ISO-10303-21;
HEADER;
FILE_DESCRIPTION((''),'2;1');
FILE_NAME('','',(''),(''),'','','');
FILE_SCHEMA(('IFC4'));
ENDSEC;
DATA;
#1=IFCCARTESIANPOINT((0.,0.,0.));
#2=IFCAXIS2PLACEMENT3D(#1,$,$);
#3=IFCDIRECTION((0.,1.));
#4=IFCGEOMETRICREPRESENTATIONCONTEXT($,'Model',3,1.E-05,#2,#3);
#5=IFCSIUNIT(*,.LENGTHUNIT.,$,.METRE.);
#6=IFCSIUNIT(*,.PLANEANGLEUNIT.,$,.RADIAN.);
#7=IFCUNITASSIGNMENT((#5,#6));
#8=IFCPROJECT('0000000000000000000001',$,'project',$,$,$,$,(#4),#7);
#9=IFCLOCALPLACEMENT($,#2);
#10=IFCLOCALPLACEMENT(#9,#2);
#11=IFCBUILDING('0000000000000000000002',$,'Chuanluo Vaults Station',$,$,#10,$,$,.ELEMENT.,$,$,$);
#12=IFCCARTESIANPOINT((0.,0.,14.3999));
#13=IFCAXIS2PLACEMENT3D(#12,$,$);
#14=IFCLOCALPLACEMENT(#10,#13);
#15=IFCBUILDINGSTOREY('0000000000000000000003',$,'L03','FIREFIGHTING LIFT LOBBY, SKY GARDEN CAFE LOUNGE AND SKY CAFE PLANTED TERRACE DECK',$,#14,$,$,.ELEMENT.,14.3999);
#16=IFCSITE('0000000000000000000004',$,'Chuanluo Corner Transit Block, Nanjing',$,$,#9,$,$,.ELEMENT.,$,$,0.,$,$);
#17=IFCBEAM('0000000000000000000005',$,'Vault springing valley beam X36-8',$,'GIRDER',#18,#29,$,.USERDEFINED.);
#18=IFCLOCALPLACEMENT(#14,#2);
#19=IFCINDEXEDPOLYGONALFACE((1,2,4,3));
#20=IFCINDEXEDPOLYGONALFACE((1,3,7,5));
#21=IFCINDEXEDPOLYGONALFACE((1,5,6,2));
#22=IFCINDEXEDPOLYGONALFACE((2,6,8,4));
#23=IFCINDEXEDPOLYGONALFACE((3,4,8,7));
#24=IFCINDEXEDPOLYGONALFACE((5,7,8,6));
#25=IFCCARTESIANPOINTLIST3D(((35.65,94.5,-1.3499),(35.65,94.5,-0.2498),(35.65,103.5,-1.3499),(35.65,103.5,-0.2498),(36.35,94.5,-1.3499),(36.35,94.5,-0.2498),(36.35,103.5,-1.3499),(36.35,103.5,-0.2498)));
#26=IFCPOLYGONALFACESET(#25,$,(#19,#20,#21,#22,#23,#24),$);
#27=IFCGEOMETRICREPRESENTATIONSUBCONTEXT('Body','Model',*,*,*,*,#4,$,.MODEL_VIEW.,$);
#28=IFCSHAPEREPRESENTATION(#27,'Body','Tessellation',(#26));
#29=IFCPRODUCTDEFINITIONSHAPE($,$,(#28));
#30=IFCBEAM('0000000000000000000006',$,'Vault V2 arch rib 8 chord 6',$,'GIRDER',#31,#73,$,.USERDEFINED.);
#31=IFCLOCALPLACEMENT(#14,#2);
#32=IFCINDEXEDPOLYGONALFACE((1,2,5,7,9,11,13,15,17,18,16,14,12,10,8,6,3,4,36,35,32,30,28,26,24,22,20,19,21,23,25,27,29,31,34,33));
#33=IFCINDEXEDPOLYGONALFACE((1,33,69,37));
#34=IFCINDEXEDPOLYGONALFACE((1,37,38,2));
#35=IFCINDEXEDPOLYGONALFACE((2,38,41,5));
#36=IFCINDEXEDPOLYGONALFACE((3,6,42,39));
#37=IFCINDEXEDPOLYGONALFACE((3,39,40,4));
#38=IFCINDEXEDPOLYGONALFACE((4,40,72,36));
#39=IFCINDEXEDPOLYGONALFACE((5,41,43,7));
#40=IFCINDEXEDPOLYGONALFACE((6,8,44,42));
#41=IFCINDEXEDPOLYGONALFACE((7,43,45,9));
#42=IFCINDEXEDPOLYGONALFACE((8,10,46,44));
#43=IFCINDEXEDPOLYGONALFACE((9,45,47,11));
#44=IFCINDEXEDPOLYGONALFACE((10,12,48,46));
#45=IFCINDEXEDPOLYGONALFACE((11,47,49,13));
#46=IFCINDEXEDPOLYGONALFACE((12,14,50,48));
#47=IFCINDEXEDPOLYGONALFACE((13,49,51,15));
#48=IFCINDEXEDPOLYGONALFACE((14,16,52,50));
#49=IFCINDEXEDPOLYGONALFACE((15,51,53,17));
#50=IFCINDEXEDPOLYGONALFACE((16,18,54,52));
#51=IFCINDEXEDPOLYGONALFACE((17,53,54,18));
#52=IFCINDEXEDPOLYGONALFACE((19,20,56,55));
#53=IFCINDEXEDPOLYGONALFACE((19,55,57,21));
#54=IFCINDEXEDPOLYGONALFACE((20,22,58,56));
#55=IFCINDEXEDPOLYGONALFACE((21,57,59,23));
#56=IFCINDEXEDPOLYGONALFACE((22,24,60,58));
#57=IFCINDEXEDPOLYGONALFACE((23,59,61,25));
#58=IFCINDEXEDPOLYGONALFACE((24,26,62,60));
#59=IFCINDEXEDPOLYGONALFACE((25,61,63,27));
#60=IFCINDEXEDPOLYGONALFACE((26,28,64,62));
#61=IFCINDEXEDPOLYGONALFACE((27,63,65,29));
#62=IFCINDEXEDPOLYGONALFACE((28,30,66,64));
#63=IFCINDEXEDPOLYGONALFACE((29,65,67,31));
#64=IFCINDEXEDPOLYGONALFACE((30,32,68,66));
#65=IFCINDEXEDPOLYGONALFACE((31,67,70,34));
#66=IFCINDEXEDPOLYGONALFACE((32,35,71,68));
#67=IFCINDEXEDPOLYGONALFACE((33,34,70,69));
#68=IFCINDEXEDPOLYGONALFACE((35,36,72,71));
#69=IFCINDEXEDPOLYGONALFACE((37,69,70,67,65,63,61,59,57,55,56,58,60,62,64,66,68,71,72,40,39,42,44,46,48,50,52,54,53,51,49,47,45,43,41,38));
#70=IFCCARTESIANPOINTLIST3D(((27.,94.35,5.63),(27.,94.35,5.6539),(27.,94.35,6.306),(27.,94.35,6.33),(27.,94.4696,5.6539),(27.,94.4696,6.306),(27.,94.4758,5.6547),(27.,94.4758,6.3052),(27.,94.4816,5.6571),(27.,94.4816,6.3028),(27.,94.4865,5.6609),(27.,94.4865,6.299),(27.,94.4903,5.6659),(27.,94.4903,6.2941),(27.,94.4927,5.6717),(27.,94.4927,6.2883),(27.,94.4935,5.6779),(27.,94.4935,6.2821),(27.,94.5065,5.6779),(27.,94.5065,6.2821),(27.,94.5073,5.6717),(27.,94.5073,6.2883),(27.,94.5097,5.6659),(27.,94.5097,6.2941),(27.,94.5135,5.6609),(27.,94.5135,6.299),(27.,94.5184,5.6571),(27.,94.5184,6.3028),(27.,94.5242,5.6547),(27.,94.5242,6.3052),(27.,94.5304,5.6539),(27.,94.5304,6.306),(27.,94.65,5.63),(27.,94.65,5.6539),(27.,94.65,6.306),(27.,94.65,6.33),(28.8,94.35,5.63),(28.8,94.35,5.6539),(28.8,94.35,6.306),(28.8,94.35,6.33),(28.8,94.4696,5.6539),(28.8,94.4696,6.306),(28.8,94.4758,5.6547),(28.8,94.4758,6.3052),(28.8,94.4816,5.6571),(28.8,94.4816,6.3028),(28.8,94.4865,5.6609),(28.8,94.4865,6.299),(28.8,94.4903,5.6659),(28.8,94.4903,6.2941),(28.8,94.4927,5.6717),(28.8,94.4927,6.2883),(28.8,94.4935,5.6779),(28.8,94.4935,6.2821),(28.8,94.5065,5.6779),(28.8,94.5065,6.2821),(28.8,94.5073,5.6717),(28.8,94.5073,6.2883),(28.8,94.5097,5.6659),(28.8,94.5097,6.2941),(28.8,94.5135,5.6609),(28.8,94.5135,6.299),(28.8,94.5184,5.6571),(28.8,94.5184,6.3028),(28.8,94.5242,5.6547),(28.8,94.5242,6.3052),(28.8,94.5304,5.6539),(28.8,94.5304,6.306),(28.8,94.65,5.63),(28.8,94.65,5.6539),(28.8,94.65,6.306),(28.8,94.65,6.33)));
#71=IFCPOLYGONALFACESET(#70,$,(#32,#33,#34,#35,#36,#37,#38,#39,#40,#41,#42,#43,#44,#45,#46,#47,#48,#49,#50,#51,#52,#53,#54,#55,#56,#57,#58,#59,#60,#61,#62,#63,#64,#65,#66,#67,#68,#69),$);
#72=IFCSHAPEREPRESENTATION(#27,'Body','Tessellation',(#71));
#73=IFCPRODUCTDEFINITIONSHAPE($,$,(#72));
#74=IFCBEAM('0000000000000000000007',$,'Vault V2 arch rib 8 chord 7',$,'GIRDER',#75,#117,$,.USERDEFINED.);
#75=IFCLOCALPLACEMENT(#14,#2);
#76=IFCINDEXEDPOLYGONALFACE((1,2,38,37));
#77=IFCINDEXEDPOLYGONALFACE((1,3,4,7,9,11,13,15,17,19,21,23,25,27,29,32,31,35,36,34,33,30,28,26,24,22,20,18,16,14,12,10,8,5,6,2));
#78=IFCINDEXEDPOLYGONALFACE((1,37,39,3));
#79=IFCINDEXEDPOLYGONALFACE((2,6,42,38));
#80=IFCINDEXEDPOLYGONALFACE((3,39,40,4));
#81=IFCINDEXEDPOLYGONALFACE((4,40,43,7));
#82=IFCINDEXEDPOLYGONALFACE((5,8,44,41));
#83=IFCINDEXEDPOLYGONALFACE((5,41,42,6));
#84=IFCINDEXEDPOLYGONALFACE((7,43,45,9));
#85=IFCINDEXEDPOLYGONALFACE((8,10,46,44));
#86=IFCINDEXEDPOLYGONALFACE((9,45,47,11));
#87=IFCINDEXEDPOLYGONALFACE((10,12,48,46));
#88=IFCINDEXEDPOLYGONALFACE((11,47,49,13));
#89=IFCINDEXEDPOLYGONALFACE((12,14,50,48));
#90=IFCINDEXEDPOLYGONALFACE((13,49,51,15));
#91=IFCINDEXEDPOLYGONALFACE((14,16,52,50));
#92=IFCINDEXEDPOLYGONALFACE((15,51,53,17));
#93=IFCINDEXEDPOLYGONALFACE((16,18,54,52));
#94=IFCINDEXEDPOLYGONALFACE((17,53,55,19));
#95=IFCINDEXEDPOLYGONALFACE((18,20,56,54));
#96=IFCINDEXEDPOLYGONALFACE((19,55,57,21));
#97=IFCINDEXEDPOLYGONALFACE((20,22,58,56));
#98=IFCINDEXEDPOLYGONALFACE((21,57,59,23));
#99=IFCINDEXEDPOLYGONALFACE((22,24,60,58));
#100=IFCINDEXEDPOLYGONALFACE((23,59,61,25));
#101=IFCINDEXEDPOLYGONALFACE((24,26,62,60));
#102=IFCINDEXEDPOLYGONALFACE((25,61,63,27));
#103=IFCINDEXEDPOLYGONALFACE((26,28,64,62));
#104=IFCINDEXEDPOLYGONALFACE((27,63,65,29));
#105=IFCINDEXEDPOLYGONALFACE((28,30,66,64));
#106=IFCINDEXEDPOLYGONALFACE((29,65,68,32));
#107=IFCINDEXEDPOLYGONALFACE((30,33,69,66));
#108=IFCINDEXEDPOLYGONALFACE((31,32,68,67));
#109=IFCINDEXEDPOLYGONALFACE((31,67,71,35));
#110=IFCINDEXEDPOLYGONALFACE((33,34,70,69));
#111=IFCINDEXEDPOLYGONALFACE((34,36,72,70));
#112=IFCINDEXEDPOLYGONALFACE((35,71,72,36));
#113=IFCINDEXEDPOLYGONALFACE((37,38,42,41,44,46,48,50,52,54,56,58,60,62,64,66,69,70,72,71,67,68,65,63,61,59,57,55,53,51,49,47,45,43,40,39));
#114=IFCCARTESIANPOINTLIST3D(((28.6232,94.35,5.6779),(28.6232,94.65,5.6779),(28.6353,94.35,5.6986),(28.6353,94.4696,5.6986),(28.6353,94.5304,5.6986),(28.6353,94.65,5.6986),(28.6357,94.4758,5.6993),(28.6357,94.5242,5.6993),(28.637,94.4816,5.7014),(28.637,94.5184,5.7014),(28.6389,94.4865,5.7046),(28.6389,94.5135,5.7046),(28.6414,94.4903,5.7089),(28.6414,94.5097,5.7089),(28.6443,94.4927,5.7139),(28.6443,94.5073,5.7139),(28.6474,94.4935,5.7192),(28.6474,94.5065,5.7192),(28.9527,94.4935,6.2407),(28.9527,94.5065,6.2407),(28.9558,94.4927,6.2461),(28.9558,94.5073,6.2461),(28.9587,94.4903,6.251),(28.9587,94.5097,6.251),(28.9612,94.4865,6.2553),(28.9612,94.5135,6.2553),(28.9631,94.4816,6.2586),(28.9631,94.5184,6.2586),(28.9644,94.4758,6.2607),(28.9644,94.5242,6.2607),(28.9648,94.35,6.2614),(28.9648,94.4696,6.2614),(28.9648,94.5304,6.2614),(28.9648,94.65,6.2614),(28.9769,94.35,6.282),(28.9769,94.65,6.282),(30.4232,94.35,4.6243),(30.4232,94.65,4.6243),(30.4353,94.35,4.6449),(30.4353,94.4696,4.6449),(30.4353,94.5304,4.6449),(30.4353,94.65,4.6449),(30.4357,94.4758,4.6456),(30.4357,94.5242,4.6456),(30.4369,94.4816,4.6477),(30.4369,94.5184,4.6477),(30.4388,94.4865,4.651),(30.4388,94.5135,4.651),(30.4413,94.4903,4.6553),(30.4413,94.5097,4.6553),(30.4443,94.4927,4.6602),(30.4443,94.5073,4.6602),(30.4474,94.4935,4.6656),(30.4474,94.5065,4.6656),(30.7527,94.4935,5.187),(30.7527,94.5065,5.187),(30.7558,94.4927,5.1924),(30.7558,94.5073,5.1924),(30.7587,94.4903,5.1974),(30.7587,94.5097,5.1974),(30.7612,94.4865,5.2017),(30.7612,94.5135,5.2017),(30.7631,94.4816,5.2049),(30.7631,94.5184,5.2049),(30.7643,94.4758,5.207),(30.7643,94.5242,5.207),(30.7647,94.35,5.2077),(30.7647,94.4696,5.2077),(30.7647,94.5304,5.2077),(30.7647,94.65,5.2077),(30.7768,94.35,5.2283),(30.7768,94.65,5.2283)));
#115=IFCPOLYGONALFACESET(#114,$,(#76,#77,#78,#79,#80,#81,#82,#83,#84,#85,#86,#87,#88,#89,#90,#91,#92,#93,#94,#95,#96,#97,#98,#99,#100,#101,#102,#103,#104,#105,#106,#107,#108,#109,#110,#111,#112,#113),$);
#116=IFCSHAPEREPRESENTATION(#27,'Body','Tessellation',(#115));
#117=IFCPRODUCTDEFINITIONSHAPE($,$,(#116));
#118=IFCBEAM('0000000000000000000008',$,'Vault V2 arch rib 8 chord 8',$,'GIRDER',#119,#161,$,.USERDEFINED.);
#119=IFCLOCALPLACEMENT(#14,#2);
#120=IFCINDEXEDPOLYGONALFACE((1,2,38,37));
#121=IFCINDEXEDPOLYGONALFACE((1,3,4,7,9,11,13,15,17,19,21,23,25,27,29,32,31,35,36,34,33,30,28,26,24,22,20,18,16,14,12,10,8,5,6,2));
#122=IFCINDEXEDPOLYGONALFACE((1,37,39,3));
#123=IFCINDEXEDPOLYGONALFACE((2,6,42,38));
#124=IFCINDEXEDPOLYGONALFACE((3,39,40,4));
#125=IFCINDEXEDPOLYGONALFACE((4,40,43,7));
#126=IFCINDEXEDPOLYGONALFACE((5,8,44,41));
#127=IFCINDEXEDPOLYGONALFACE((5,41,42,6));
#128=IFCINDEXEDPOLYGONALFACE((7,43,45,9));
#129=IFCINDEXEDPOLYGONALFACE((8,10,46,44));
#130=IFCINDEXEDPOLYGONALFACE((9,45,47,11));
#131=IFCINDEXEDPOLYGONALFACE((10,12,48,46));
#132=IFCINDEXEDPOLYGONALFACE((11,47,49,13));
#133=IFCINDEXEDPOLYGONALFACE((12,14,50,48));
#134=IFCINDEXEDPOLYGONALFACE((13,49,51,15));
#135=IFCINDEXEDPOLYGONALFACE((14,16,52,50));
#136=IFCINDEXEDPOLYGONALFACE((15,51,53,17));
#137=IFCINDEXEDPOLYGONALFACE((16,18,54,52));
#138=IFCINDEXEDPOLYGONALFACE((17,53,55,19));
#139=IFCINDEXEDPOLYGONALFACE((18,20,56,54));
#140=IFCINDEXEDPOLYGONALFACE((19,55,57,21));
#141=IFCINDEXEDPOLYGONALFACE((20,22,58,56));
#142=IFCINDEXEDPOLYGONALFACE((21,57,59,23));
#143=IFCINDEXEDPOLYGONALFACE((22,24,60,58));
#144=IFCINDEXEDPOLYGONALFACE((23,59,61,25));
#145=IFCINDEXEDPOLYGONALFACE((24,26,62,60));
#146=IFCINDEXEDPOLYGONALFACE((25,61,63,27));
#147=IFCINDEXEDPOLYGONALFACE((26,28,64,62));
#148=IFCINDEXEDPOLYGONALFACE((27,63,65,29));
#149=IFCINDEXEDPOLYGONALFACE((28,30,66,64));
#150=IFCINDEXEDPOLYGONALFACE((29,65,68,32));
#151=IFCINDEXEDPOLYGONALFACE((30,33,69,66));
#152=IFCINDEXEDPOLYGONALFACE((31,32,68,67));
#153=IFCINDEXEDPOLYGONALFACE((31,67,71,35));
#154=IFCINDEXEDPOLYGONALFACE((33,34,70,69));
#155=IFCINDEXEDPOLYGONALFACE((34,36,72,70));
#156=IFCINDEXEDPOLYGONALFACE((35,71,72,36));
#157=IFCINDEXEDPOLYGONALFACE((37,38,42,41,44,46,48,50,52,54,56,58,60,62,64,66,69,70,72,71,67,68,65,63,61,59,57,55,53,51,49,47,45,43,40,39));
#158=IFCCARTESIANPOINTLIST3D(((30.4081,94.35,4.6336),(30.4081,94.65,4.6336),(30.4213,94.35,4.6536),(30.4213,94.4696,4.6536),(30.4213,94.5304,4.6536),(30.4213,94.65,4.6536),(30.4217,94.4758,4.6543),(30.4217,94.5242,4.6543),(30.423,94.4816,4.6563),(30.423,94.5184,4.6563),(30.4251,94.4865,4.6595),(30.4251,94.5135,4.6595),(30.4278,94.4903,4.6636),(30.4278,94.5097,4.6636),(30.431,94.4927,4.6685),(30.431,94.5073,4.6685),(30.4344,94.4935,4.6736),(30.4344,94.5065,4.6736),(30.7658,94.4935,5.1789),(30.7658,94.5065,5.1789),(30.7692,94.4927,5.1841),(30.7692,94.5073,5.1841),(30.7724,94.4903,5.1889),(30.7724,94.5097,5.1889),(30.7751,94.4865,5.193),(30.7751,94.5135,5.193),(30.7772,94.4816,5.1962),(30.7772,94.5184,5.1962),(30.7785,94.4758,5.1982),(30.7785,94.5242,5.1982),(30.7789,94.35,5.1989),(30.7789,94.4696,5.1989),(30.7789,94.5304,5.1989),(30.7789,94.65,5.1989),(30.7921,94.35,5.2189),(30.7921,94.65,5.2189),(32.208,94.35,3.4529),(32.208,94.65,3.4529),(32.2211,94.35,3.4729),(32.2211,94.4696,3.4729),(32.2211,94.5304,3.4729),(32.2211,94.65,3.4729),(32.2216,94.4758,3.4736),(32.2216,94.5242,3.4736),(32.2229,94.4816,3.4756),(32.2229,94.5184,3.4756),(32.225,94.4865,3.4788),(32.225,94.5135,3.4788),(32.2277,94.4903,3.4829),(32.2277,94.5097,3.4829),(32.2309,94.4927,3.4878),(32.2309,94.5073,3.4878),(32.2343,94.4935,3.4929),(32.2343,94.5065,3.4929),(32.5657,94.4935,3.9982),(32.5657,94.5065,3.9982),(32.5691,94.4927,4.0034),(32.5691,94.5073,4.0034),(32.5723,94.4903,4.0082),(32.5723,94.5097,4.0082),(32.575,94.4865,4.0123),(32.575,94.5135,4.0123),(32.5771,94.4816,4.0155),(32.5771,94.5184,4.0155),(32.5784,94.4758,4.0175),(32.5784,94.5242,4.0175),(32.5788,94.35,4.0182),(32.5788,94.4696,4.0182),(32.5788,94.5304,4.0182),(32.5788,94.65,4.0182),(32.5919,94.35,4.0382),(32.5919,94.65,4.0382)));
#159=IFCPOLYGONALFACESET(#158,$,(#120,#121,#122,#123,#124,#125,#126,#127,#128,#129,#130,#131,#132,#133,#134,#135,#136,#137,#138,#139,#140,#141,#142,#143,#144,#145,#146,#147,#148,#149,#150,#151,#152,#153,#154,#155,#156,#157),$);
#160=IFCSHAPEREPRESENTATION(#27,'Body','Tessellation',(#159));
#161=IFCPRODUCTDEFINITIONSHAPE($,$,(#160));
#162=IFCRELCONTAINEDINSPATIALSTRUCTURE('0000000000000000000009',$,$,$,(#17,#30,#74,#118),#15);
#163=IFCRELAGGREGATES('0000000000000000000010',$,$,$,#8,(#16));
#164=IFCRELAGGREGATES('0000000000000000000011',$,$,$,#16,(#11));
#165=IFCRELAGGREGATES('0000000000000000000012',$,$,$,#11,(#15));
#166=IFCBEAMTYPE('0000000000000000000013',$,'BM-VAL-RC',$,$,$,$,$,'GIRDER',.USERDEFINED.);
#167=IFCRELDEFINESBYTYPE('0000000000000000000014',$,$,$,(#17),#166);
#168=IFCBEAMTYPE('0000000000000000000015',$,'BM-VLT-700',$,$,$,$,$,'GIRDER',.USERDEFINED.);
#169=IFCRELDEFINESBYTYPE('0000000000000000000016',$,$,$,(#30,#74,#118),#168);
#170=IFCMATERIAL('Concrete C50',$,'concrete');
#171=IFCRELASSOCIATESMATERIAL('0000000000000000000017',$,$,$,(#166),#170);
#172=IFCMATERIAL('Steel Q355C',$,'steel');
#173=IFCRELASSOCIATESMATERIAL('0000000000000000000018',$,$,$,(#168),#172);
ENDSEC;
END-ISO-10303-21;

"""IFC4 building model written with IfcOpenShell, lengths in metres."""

from ifc_helpers import new_model, si_unit, direction, frame, origin, origin_2d, place, context, subcontext, project, spatial, rectangle, i_section, extrude, material, material_profile, profile_set, type_object, element, save


model = new_model("IFC4")

# Units and contexts
model_context = context("Model", 3, precision=1e-05, world=origin(), true_north=direction((0.0, 1.0)))
body_context = subcontext(model_context, "Body", "Model", "MODEL_VIEW")
ifc_project = project(units=[si_unit("LENGTHUNIT", "METRE"), si_unit("PLANEANGLEUNIT", "RADIAN")], contexts=[model_context])

# Site, building, storey
site_placement = place(None, origin())
site = spatial("IfcSite", under=ifc_project, at=site_placement, Name="Chuanluo Corner Transit Block, Nanjing", CompositionType="ELEMENT", RefElevation=0.0)
building_placement = place(site_placement, origin())
building = spatial("IfcBuilding", under=site, at=building_placement, Name="Chuanluo Vaults Station", CompositionType="ELEMENT")
storey_placement = place(building_placement, frame((0.0, 0.0, 14.3999)))
storey = spatial("IfcBuildingStorey", under=building, at=storey_placement, Name="L03", Description="FIREFIGHTING LIFT LOBBY, SKY GARDEN CAFE LOUNGE AND SKY CAFE PLANTED TERRACE DECK", CompositionType="ELEMENT", Elevation=14.3999)

# Beams
ifc_material_1 = material(Name="Concrete C50", Category="concrete")
ifc_material_profile_1 = material_profile(ifc_material_1, rectangle(XDim=0.7, YDim=1.1001, at=origin_2d()))
ifc_profile_set_1 = profile_set([ifc_material_profile_1], Name="Concrete C50")
beam_type_1 = type_object("IfcBeamType", Name="BM-VAL-RC", ElementType="GIRDER", PredefinedType="USERDEFINED", material=ifc_profile_set_1)
beam_1_placement = place(storey_placement, frame((36.0, 94.5, -0.7998), z_axis=(0.0, 1.0, 0.0), x_axis=(-1.0, 0.0, 0.0)))
element("IfcBeam", 1, at=beam_1_placement, inside=storey, type_object=beam_type_1, Name="Vault springing valley beam X36-8", ObjectType="GIRDER", PredefinedType="USERDEFINED", context=body_context, shape_type="SweptSolid", body=[
    extrude(rectangle(XDim=0.7, YDim=1.1001, at=origin_2d()), origin(), (0.0, 0.0, 1.0), 9.0),
])
ifc_material_2 = material(Name="Steel Q355C", Category="steel")
ifc_material_profile_2 = material_profile(ifc_material_2, i_section(OverallWidth=0.3, OverallDepth=0.7, WebThickness=0.0129, FlangeThickness=0.0239, FilletRadius=0.0239, at=origin_2d()))
ifc_profile_set_2 = profile_set([ifc_material_profile_2], Name="Steel Q355C")
beam_type_2 = type_object("IfcBeamType", Name="BM-VLT-700", ElementType="GIRDER", PredefinedType="USERDEFINED", material=ifc_profile_set_2)
beam_2_placement = place(storey_placement, frame((27.0, 94.5, 5.98), z_axis=(1.0, 0.0, 0.0), x_axis=(0.0, 1.0, 0.0)))
element("IfcBeam", 2, at=beam_2_placement, inside=storey, type_object=beam_type_2, Name="Vault V2 arch rib 8 chord 6", ObjectType="GIRDER", PredefinedType="USERDEFINED", context=body_context, shape_type="SweptSolid", body=[
    extrude(i_section(OverallWidth=0.3, OverallDepth=0.7, WebThickness=0.0129, FlangeThickness=0.0239, FilletRadius=0.0239, at=origin_2d()), origin(), (0.0, 0.0, 1.0), 1.8),
])
beam_3_placement = place(storey_placement, frame((28.8, 94.5, 5.98), z_axis=(0.863009, 0.0, -0.505188), x_axis=(0.0, 1.0, 0.0)))
element("IfcBeam", 3, at=beam_3_placement, inside=storey, type_object=beam_type_2, Name="Vault V2 arch rib 8 chord 7", ObjectType="GIRDER", PredefinedType="USERDEFINED", context=body_context, shape_type="SweptSolid", body=[
    extrude(i_section(OverallWidth=0.3, OverallDepth=0.7, WebThickness=0.0129, FlangeThickness=0.0239, FilletRadius=0.0239, at=origin_2d()), origin(), (0.0, 0.0, 1.0), 2.0857),
])
beam_4_placement = place(storey_placement, frame((30.6001, 94.5, 4.9263), z_axis=(0.836145, 0.0, -0.548508), x_axis=(0.0, 1.0, 0.0)))
element("IfcBeam", 4, at=beam_4_placement, inside=storey, type_object=beam_type_2, Name="Vault V2 arch rib 8 chord 8", ObjectType="GIRDER", PredefinedType="USERDEFINED", context=body_context, shape_type="SweptSolid", body=[
    extrude(i_section(OverallWidth=0.3, OverallDepth=0.7, WebThickness=0.0129, FlangeThickness=0.0239, FilletRadius=0.0239, at=origin_2d()), origin(), (0.0, 0.0, 1.0), 2.1526),
])

save(model, "model.ifc")
